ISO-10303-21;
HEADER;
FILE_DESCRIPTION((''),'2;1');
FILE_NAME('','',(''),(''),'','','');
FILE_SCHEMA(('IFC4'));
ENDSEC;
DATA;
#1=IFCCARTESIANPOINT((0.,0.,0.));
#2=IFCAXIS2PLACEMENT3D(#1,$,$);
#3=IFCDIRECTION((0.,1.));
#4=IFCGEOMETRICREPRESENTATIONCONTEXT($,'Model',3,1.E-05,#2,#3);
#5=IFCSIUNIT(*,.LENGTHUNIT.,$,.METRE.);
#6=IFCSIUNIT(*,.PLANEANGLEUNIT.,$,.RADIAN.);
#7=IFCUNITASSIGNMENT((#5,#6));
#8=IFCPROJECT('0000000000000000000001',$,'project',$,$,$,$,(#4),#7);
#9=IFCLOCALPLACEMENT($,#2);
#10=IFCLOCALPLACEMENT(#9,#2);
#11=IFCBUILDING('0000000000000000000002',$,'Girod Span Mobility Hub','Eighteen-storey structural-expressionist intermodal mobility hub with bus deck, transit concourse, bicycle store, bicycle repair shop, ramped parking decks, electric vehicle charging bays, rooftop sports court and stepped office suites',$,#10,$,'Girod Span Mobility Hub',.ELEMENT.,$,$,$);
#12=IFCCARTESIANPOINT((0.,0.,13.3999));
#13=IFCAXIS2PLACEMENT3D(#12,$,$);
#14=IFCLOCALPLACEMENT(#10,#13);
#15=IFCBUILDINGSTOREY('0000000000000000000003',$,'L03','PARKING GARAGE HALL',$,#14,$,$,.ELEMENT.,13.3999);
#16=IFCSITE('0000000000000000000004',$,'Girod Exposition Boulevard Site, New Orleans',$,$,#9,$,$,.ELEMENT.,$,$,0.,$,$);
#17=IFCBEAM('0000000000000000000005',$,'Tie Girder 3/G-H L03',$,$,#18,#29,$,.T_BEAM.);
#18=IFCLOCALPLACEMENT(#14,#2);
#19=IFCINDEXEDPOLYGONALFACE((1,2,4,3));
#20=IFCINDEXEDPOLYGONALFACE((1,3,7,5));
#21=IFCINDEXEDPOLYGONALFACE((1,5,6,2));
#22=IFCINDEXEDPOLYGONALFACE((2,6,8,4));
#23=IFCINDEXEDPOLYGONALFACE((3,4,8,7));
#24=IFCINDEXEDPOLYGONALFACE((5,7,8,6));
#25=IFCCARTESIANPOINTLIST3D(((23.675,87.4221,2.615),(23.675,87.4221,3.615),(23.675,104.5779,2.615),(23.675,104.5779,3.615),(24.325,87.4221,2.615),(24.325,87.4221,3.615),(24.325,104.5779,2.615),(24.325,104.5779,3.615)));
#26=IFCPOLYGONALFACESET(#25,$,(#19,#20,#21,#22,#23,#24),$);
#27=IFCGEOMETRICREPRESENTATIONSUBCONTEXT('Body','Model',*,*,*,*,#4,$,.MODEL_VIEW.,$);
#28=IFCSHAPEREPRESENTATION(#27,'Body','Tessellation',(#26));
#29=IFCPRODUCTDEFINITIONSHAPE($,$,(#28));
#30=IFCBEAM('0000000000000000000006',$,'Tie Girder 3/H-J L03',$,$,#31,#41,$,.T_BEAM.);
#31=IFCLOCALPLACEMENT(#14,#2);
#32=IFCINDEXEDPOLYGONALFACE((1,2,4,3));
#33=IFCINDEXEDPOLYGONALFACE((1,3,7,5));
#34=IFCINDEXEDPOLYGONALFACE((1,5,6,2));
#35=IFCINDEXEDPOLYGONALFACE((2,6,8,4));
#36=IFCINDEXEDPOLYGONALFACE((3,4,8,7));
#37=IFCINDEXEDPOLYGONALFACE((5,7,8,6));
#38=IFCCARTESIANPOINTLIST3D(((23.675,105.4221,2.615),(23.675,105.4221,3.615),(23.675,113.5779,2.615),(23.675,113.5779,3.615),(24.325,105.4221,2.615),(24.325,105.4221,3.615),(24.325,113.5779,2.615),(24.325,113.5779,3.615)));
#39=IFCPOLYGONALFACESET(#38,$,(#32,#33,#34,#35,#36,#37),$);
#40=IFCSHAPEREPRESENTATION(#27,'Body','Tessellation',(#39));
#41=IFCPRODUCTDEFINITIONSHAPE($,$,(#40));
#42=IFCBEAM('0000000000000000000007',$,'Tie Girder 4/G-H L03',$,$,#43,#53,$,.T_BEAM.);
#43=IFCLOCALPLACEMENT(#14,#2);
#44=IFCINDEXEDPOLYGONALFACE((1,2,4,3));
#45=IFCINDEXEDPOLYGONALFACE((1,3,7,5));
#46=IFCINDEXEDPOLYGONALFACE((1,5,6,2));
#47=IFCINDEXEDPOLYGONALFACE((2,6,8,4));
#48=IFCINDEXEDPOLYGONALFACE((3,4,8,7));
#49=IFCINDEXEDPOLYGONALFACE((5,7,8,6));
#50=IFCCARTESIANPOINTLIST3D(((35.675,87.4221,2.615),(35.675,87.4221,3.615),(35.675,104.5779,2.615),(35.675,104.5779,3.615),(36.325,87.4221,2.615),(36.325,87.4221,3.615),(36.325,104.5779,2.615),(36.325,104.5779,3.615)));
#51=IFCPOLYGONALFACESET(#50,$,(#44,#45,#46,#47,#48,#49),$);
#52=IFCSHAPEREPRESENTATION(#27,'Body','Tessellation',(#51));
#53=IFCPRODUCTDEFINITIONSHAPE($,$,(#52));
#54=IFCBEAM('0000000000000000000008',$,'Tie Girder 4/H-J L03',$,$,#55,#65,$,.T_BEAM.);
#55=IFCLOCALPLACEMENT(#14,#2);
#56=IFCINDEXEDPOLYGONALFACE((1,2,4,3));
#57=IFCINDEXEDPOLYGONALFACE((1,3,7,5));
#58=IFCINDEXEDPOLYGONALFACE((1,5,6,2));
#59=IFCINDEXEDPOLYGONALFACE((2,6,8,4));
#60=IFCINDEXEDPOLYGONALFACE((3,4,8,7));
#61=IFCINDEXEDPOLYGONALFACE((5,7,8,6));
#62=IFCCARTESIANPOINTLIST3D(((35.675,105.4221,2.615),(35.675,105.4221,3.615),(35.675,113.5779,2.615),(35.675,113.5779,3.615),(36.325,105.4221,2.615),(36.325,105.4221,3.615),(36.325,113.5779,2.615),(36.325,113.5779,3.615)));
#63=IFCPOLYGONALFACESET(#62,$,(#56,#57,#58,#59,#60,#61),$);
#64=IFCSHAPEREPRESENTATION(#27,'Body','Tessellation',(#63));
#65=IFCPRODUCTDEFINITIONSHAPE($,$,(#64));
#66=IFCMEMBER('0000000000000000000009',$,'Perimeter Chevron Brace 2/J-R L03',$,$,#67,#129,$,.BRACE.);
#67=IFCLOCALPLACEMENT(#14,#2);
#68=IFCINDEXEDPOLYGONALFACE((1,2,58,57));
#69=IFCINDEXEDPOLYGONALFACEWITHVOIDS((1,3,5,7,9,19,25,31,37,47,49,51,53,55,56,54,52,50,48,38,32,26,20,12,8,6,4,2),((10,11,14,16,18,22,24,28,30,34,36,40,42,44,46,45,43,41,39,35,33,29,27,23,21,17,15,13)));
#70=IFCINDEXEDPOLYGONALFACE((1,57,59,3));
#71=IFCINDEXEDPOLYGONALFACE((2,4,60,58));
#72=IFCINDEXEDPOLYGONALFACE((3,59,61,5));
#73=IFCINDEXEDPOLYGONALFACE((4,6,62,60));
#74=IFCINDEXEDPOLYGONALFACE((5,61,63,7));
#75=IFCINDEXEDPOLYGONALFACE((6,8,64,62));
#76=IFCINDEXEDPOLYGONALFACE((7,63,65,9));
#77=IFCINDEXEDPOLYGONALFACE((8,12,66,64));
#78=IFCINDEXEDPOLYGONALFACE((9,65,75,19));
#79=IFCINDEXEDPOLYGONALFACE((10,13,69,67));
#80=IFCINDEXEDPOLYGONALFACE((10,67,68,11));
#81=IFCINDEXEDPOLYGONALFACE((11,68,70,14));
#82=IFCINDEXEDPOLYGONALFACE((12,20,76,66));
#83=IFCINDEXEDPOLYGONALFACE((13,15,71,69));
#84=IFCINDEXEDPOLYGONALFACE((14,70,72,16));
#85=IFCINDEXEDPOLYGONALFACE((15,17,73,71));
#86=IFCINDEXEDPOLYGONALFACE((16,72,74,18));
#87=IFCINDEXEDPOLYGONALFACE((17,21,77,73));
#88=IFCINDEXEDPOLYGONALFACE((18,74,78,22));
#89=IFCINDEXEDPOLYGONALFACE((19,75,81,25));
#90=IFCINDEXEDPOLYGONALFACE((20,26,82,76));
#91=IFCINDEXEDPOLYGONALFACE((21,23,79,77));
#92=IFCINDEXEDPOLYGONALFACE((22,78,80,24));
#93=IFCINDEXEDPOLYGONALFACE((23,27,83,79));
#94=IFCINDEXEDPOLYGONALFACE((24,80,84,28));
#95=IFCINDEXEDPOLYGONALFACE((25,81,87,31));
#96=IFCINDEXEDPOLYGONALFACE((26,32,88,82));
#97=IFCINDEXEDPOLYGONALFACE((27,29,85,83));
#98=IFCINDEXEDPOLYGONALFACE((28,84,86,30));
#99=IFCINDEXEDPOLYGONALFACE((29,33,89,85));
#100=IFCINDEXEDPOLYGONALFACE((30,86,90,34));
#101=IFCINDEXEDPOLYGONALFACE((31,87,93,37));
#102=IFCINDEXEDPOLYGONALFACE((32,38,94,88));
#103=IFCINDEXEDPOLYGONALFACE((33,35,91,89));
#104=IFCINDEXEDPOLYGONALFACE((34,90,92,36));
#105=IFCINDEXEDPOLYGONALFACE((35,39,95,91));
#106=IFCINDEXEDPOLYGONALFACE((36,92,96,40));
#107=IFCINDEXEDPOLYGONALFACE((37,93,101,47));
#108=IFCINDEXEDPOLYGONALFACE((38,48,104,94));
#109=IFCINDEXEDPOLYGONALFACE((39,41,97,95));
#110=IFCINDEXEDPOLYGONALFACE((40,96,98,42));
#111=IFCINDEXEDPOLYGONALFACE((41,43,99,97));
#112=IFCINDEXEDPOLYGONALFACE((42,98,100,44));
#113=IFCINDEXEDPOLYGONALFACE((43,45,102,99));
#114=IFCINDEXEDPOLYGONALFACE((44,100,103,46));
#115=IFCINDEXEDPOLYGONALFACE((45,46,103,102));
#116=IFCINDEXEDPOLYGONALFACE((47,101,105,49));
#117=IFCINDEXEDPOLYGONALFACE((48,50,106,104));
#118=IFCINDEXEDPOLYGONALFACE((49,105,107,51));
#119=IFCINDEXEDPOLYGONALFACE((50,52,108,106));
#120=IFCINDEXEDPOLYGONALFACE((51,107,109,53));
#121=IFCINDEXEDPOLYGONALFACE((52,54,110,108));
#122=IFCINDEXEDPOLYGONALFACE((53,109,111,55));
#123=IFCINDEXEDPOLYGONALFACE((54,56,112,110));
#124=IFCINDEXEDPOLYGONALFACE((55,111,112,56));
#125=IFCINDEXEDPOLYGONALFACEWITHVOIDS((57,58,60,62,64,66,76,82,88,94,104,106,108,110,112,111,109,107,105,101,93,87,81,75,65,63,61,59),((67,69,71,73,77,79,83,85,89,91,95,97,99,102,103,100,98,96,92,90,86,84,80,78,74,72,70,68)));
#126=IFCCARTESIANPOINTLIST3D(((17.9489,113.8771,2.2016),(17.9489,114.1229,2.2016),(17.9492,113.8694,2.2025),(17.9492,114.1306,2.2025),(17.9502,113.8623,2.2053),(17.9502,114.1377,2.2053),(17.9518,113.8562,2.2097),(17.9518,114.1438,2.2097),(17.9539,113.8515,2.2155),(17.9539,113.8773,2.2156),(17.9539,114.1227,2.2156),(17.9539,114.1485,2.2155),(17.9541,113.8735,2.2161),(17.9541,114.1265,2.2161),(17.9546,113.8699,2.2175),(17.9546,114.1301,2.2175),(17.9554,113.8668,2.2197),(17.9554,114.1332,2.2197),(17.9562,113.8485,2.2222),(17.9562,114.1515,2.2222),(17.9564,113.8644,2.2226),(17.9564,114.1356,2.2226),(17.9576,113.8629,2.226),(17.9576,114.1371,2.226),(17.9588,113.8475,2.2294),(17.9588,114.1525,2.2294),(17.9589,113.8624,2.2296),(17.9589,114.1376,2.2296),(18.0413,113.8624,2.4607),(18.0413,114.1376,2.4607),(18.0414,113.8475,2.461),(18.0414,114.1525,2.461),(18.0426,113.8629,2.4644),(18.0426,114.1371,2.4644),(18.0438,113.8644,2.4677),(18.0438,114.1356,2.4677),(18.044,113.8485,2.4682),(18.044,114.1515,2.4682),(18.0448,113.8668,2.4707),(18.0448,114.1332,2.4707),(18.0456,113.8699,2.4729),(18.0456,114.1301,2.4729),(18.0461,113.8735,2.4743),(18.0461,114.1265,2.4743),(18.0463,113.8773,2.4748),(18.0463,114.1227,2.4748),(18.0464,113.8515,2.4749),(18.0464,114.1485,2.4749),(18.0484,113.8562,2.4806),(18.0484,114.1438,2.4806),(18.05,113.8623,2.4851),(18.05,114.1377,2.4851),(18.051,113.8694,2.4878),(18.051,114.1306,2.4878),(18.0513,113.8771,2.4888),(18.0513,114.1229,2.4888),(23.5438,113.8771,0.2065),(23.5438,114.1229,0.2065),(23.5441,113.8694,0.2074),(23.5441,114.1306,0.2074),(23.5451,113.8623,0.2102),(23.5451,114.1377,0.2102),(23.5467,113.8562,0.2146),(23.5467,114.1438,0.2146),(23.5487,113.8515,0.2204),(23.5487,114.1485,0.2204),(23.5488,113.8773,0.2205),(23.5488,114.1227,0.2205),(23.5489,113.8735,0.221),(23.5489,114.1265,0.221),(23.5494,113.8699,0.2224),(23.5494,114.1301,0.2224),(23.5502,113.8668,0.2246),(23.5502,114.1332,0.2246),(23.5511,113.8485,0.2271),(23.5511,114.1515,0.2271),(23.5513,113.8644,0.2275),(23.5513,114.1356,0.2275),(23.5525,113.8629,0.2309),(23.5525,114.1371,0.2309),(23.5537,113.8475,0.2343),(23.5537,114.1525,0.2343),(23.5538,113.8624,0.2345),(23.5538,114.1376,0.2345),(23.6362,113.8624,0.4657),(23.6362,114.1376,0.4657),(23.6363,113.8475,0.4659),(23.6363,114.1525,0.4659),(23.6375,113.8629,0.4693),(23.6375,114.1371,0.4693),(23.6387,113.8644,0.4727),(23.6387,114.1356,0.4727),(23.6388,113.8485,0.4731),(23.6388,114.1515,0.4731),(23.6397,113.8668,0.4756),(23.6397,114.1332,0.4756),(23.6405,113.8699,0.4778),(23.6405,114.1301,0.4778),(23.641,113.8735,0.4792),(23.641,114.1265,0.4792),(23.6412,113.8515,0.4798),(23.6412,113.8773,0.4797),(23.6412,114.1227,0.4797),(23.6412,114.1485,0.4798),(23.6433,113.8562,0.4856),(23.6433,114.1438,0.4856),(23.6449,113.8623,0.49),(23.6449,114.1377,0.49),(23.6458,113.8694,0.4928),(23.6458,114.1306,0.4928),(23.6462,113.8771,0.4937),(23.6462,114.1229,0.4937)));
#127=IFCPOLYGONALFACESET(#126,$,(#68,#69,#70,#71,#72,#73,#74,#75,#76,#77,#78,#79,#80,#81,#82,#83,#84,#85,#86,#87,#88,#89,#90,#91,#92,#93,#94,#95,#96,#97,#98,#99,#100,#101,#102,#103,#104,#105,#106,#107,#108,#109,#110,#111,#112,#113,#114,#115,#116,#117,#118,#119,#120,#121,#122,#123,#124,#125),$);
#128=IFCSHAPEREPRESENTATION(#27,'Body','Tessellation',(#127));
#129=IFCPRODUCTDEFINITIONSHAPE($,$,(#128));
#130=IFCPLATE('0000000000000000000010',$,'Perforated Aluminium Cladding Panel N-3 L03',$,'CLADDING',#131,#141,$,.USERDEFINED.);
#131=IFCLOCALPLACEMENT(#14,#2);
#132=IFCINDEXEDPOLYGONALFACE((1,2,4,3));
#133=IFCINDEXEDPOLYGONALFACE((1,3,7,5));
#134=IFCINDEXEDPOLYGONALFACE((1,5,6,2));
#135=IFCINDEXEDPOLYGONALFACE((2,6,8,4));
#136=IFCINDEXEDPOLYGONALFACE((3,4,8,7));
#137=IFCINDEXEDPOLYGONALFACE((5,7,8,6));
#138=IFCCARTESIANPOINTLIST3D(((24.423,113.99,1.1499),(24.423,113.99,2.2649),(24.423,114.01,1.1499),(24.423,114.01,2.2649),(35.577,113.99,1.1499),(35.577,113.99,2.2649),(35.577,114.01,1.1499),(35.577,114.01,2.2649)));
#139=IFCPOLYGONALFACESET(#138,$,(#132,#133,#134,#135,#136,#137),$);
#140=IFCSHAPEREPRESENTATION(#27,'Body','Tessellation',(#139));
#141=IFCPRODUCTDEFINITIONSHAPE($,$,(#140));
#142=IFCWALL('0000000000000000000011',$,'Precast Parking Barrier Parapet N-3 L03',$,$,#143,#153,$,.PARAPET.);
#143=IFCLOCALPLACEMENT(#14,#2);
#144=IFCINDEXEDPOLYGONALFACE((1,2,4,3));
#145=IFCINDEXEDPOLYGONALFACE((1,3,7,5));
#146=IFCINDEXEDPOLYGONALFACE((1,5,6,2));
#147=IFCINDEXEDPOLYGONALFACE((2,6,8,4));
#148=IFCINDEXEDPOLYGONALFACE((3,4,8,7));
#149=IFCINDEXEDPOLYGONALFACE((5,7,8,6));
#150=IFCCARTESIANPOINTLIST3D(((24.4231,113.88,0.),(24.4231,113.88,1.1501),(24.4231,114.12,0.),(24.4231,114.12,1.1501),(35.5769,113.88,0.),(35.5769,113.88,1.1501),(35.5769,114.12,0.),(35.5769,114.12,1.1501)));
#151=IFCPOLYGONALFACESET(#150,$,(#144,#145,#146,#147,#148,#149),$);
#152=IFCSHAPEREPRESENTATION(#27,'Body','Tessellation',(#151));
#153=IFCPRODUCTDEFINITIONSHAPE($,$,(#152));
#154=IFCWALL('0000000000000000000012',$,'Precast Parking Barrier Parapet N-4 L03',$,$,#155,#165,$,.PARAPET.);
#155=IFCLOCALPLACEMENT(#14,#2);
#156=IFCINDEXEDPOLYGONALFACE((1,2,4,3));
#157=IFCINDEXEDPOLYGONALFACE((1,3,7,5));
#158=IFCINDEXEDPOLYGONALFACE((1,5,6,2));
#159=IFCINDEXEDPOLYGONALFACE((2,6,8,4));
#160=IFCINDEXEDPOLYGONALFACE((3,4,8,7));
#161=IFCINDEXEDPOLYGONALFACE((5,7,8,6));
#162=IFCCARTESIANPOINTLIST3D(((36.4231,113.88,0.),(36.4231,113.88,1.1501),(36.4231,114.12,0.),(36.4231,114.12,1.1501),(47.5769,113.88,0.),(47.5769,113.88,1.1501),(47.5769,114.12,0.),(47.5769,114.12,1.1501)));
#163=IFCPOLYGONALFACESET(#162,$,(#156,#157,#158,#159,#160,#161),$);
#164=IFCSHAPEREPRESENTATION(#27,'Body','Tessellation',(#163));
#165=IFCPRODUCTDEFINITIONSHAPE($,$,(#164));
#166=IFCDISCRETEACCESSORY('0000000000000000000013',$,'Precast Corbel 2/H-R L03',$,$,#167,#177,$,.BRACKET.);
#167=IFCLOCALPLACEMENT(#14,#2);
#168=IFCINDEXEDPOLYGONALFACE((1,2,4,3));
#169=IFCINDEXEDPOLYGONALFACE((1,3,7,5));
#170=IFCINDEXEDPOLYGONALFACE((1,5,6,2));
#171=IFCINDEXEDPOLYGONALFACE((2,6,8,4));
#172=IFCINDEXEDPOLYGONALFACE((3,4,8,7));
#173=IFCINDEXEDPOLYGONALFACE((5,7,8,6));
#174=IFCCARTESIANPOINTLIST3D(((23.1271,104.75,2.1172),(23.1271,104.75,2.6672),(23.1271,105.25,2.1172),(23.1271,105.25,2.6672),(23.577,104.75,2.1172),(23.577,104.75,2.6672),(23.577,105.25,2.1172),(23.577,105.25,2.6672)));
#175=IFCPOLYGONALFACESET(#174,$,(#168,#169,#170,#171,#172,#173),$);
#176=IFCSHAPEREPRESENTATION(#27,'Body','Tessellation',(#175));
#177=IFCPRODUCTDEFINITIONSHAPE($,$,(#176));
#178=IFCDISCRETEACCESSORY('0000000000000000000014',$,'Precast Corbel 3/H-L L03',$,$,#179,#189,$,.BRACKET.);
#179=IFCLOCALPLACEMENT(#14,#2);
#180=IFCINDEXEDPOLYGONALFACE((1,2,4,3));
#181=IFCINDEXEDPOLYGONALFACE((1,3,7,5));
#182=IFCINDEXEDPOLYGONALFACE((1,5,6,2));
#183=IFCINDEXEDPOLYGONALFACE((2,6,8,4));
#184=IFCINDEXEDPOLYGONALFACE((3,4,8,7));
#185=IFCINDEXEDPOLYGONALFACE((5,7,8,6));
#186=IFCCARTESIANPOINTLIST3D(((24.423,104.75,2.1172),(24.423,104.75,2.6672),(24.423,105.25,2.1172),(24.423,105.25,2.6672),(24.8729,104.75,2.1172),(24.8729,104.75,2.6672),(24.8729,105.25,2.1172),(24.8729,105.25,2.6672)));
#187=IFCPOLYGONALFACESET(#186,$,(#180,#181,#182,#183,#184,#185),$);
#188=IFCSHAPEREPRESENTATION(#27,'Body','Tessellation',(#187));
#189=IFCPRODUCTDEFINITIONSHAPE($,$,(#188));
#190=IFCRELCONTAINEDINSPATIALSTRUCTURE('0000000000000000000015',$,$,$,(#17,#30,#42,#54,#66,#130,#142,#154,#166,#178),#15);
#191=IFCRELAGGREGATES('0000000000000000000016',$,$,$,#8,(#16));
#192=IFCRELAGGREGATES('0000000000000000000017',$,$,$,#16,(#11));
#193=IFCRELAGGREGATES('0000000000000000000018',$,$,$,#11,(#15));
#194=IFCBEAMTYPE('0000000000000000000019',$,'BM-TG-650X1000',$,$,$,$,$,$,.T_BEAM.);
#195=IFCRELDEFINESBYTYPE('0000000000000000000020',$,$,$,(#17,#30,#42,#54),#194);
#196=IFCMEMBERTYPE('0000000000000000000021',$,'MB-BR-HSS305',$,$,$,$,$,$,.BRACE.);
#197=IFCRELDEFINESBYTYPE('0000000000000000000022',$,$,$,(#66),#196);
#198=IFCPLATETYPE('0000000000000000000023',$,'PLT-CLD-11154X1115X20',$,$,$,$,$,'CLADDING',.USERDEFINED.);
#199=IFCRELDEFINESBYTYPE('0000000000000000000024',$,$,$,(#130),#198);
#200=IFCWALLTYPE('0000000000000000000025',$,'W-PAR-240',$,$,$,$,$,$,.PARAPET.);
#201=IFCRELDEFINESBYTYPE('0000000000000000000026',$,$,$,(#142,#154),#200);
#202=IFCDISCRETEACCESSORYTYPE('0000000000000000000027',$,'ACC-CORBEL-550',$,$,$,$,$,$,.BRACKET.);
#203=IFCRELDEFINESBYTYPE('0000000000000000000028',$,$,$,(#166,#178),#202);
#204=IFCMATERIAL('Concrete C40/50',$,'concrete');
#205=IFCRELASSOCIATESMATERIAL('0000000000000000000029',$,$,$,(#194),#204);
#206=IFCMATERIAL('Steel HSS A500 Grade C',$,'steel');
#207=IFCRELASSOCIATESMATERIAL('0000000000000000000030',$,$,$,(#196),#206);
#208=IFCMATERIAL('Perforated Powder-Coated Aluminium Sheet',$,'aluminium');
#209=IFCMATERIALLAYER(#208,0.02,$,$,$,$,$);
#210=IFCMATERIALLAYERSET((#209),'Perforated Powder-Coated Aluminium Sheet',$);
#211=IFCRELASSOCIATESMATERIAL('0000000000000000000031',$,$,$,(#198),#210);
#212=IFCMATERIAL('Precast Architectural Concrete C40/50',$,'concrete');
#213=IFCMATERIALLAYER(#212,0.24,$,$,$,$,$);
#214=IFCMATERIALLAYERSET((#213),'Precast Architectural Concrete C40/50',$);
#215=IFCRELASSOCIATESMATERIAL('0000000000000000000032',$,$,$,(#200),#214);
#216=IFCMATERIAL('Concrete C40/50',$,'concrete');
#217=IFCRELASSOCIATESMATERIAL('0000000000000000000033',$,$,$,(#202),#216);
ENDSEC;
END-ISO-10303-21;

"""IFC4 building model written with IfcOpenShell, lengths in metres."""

from ifc_helpers import new_model, si_unit, direction, frame, frame_2d, origin, origin_2d, place, context, subcontext, project, spatial, rectangle, hollow_rectangle, extrude, material, layer, layer_set, material_profile, profile_set, type_object, element, save


model = new_model("IFC4")

# Units and contexts
model_context = context("Model", 3, precision=1e-05, world=origin(), true_north=direction((0.0, 1.0)))
body_context = subcontext(model_context, "Body", "Model", "MODEL_VIEW")
ifc_project = project(units=[si_unit("LENGTHUNIT", "METRE"), si_unit("PLANEANGLEUNIT", "RADIAN")], contexts=[model_context])

# Site, building, storey
site_placement = place(None, origin())
site = spatial("IfcSite", under=ifc_project, at=site_placement, Name="Girod Exposition Boulevard Site, New Orleans", CompositionType="ELEMENT", RefElevation=0.0)
building_placement = place(site_placement, origin())
building = spatial("IfcBuilding", under=site, at=building_placement, Name="Girod Span Mobility Hub", Description="Eighteen-storey structural-expressionist intermodal mobility hub with bus deck, transit concourse, bicycle store, bicycle repair shop, ramped parking decks, electric vehicle charging bays, rooftop sports court and stepped office suites", LongName="Girod Span Mobility Hub", CompositionType="ELEMENT")
storey_placement = place(building_placement, frame((0.0, 0.0, 13.3999)))
storey = spatial("IfcBuildingStorey", under=building, at=storey_placement, Name="L03", Description="PARKING GARAGE HALL", CompositionType="ELEMENT", Elevation=13.3999)

# Beams
ifc_material_1 = material(Name="Concrete C40/50", Category="concrete")
ifc_material_profile_1 = material_profile(ifc_material_1, rectangle(XDim=0.6499, YDim=1.0, at=origin_2d()), Name="TG-650X1000")
ifc_profile_set_1 = profile_set([ifc_material_profile_1], Name="Concrete C40/50")
beam_type_1 = type_object("IfcBeamType", Name="BM-TG-650X1000", PredefinedType="T_BEAM", material=ifc_profile_set_1)
beam_1_placement = place(storey_placement, frame((24.0, 87.4221, 3.115), z_axis=(0.0, 1.0, 0.0), x_axis=(-1.0, 0.0, 0.0)))
element("IfcBeam", 1, at=beam_1_placement, inside=storey, type_object=beam_type_1, Name="Tie Girder 3/G-H L03", PredefinedType="T_BEAM", context=body_context, shape_type="SweptSolid", body=[
    extrude(rectangle(XDim=0.6499, YDim=1.0, at=origin_2d()), origin(), (0.0, 0.0, 1.0), 17.1558),
])
beam_2_placement = place(storey_placement, frame((24.0, 105.4221, 3.115), z_axis=(0.0, 1.0, 0.0), x_axis=(-1.0, 0.0, 0.0)))
element("IfcBeam", 2, at=beam_2_placement, inside=storey, type_object=beam_type_1, Name="Tie Girder 3/H-J L03", PredefinedType="T_BEAM", context=body_context, shape_type="SweptSolid", body=[
    extrude(rectangle(XDim=0.6499, YDim=1.0, at=origin_2d()), origin(), (0.0, 0.0, 1.0), 8.1558),
])
beam_3_placement = place(storey_placement, frame((36.0, 87.4221, 3.115), z_axis=(0.0, 1.0, 0.0), x_axis=(-1.0, 0.0, 0.0)))
element("IfcBeam", 3, at=beam_3_placement, inside=storey, type_object=beam_type_1, Name="Tie Girder 4/G-H L03", PredefinedType="T_BEAM", context=body_context, shape_type="SweptSolid", body=[
    extrude(rectangle(XDim=0.6499, YDim=1.0, at=origin_2d()), origin(), (0.0, 0.0, 1.0), 17.1558),
])
beam_4_placement = place(storey_placement, frame((36.0, 105.4221, 3.115), z_axis=(0.0, 1.0, 0.0), x_axis=(-1.0, 0.0, 0.0)))
element("IfcBeam", 4, at=beam_4_placement, inside=storey, type_object=beam_type_1, Name="Tie Girder 4/H-J L03", PredefinedType="T_BEAM", context=body_context, shape_type="SweptSolid", body=[
    extrude(rectangle(XDim=0.6499, YDim=1.0, at=origin_2d()), origin(), (0.0, 0.0, 1.0), 8.1558),
])

# Member
ifc_material_2 = material(Name="Steel HSS A500 Grade C", Category="steel")
ifc_material_profile_2 = material_profile(ifc_material_2, hollow_rectangle(XDim=0.3049, YDim=0.3049, WallThickness=0.0149, InnerFilletRadius=0.0149, OuterFilletRadius=0.0295, at=origin_2d()), Name="HSS305X305X16")
ifc_profile_set_2 = profile_set([ifc_material_profile_2], Name="Steel HSS A500 Grade C")
member_type = type_object("IfcMemberType", Name="MB-BR-HSS305", PredefinedType="BRACE", material=ifc_profile_set_2)
member_placement = place(storey_placement, frame((23.595, 114.0, 0.3501), z_axis=(-0.941906, 0.0, 0.335876), x_axis=(0.0, -1.0, 0.0)))
element("IfcMember", 5, at=member_placement, inside=storey, type_object=member_type, Name="Perimeter Chevron Brace 2/J-R L03", PredefinedType="BRACE", context=body_context, shape_type="SweptSolid", body=[
    extrude(hollow_rectangle(XDim=0.3049, YDim=0.3049, WallThickness=0.0149, InnerFilletRadius=0.0149, OuterFilletRadius=0.0295, at=origin_2d()), origin(), (0.0, 0.0, 1.0), 5.9399),
])

# Plate
ifc_material_3 = material(Name="Perforated Powder-Coated Aluminium Sheet", Category="aluminium")
ifc_layer_1 = layer(ifc_material_3, 0.02)
ifc_layer_set_1 = layer_set([ifc_layer_1], Name="Perforated Powder-Coated Aluminium Sheet")
plate_type = type_object("IfcPlateType", Name="PLT-CLD-11154X1115X20", ElementType="CLADDING", PredefinedType="USERDEFINED", material=ifc_layer_set_1)
plate_placement = place(storey_placement, frame((30.0, 114.0, 1.1499), z_axis=(0.0, 0.0, 1.0), x_axis=(1.0, 0.0, 0.0)))
element("IfcPlate", 6, at=plate_placement, inside=storey, type_object=plate_type, Name="Perforated Aluminium Cladding Panel N-3 L03", ObjectType="CLADDING", PredefinedType="USERDEFINED", context=body_context, shape_type="SweptSolid", body=[
    extrude(rectangle(XDim=11.1541, YDim=0.02, at=origin_2d()), origin(), (0.0, 0.0, 1.0), 1.115),
])

# Walls
ifc_material_4 = material(Name="Precast Architectural Concrete C40/50", Category="concrete")
ifc_layer_2 = layer(ifc_material_4, 0.24)
ifc_layer_set_2 = layer_set([ifc_layer_2], Name="Precast Architectural Concrete C40/50")
wall_type = type_object("IfcWallType", Name="W-PAR-240", PredefinedType="PARAPET", material=ifc_layer_set_2)
for number, where, z_axis, x_axis, name in (
    (7, (24.4231, 114.0, 0.0), (0.0, 0.0, 1.0), (1.0, 0.0, 0.0), "Precast Parking Barrier Parapet N-3 L03"),
    (8, (36.4231, 114.0, 0.0), (0.0, 0.0, 1.0), (1.0, 0.0, 0.0), "Precast Parking Barrier Parapet N-4 L03"),
):
    element("IfcWall", number, at=place(storey_placement, frame(where, z_axis=z_axis, x_axis=x_axis)), inside=storey, type_object=wall_type, Name=name, PredefinedType="PARAPET", context=body_context, shape_type="SweptSolid", body=[
        extrude(rectangle(XDim=11.1538, YDim=0.24, at=frame_2d((5.5769, 0.0))), origin(), (0.0, 0.0, 1.0), 1.1501),
    ])

# Discrete accessories
ifc_material_5 = material(Name="Concrete C40/50", Category="concrete")
discrete_accessory_type = type_object("IfcDiscreteAccessoryType", Name="ACC-CORBEL-550", PredefinedType="BRACKET", material=ifc_material_5)
for number, where, z_axis, x_axis, name in (
    (9, (23.3521, 105.0, 2.1172), (0.0, 0.0, 1.0), (1.0, 0.0, 0.0), "Precast Corbel 2/H-R L03"),
    (10, (24.6479, 105.0, 2.1172), (0.0, 0.0, 1.0), (1.0, 0.0, 0.0), "Precast Corbel 3/H-L L03"),
):
    element("IfcDiscreteAccessory", number, at=place(storey_placement, frame(where, z_axis=z_axis, x_axis=x_axis)), inside=storey, type_object=discrete_accessory_type, Name=name, PredefinedType="BRACKET", context=body_context, shape_type="SweptSolid", body=[
        extrude(rectangle(XDim=0.45, YDim=0.5, at=origin_2d()), origin(), (0.0, 0.0, 1.0), 0.55),
    ])

save(model, "model.ifc")
